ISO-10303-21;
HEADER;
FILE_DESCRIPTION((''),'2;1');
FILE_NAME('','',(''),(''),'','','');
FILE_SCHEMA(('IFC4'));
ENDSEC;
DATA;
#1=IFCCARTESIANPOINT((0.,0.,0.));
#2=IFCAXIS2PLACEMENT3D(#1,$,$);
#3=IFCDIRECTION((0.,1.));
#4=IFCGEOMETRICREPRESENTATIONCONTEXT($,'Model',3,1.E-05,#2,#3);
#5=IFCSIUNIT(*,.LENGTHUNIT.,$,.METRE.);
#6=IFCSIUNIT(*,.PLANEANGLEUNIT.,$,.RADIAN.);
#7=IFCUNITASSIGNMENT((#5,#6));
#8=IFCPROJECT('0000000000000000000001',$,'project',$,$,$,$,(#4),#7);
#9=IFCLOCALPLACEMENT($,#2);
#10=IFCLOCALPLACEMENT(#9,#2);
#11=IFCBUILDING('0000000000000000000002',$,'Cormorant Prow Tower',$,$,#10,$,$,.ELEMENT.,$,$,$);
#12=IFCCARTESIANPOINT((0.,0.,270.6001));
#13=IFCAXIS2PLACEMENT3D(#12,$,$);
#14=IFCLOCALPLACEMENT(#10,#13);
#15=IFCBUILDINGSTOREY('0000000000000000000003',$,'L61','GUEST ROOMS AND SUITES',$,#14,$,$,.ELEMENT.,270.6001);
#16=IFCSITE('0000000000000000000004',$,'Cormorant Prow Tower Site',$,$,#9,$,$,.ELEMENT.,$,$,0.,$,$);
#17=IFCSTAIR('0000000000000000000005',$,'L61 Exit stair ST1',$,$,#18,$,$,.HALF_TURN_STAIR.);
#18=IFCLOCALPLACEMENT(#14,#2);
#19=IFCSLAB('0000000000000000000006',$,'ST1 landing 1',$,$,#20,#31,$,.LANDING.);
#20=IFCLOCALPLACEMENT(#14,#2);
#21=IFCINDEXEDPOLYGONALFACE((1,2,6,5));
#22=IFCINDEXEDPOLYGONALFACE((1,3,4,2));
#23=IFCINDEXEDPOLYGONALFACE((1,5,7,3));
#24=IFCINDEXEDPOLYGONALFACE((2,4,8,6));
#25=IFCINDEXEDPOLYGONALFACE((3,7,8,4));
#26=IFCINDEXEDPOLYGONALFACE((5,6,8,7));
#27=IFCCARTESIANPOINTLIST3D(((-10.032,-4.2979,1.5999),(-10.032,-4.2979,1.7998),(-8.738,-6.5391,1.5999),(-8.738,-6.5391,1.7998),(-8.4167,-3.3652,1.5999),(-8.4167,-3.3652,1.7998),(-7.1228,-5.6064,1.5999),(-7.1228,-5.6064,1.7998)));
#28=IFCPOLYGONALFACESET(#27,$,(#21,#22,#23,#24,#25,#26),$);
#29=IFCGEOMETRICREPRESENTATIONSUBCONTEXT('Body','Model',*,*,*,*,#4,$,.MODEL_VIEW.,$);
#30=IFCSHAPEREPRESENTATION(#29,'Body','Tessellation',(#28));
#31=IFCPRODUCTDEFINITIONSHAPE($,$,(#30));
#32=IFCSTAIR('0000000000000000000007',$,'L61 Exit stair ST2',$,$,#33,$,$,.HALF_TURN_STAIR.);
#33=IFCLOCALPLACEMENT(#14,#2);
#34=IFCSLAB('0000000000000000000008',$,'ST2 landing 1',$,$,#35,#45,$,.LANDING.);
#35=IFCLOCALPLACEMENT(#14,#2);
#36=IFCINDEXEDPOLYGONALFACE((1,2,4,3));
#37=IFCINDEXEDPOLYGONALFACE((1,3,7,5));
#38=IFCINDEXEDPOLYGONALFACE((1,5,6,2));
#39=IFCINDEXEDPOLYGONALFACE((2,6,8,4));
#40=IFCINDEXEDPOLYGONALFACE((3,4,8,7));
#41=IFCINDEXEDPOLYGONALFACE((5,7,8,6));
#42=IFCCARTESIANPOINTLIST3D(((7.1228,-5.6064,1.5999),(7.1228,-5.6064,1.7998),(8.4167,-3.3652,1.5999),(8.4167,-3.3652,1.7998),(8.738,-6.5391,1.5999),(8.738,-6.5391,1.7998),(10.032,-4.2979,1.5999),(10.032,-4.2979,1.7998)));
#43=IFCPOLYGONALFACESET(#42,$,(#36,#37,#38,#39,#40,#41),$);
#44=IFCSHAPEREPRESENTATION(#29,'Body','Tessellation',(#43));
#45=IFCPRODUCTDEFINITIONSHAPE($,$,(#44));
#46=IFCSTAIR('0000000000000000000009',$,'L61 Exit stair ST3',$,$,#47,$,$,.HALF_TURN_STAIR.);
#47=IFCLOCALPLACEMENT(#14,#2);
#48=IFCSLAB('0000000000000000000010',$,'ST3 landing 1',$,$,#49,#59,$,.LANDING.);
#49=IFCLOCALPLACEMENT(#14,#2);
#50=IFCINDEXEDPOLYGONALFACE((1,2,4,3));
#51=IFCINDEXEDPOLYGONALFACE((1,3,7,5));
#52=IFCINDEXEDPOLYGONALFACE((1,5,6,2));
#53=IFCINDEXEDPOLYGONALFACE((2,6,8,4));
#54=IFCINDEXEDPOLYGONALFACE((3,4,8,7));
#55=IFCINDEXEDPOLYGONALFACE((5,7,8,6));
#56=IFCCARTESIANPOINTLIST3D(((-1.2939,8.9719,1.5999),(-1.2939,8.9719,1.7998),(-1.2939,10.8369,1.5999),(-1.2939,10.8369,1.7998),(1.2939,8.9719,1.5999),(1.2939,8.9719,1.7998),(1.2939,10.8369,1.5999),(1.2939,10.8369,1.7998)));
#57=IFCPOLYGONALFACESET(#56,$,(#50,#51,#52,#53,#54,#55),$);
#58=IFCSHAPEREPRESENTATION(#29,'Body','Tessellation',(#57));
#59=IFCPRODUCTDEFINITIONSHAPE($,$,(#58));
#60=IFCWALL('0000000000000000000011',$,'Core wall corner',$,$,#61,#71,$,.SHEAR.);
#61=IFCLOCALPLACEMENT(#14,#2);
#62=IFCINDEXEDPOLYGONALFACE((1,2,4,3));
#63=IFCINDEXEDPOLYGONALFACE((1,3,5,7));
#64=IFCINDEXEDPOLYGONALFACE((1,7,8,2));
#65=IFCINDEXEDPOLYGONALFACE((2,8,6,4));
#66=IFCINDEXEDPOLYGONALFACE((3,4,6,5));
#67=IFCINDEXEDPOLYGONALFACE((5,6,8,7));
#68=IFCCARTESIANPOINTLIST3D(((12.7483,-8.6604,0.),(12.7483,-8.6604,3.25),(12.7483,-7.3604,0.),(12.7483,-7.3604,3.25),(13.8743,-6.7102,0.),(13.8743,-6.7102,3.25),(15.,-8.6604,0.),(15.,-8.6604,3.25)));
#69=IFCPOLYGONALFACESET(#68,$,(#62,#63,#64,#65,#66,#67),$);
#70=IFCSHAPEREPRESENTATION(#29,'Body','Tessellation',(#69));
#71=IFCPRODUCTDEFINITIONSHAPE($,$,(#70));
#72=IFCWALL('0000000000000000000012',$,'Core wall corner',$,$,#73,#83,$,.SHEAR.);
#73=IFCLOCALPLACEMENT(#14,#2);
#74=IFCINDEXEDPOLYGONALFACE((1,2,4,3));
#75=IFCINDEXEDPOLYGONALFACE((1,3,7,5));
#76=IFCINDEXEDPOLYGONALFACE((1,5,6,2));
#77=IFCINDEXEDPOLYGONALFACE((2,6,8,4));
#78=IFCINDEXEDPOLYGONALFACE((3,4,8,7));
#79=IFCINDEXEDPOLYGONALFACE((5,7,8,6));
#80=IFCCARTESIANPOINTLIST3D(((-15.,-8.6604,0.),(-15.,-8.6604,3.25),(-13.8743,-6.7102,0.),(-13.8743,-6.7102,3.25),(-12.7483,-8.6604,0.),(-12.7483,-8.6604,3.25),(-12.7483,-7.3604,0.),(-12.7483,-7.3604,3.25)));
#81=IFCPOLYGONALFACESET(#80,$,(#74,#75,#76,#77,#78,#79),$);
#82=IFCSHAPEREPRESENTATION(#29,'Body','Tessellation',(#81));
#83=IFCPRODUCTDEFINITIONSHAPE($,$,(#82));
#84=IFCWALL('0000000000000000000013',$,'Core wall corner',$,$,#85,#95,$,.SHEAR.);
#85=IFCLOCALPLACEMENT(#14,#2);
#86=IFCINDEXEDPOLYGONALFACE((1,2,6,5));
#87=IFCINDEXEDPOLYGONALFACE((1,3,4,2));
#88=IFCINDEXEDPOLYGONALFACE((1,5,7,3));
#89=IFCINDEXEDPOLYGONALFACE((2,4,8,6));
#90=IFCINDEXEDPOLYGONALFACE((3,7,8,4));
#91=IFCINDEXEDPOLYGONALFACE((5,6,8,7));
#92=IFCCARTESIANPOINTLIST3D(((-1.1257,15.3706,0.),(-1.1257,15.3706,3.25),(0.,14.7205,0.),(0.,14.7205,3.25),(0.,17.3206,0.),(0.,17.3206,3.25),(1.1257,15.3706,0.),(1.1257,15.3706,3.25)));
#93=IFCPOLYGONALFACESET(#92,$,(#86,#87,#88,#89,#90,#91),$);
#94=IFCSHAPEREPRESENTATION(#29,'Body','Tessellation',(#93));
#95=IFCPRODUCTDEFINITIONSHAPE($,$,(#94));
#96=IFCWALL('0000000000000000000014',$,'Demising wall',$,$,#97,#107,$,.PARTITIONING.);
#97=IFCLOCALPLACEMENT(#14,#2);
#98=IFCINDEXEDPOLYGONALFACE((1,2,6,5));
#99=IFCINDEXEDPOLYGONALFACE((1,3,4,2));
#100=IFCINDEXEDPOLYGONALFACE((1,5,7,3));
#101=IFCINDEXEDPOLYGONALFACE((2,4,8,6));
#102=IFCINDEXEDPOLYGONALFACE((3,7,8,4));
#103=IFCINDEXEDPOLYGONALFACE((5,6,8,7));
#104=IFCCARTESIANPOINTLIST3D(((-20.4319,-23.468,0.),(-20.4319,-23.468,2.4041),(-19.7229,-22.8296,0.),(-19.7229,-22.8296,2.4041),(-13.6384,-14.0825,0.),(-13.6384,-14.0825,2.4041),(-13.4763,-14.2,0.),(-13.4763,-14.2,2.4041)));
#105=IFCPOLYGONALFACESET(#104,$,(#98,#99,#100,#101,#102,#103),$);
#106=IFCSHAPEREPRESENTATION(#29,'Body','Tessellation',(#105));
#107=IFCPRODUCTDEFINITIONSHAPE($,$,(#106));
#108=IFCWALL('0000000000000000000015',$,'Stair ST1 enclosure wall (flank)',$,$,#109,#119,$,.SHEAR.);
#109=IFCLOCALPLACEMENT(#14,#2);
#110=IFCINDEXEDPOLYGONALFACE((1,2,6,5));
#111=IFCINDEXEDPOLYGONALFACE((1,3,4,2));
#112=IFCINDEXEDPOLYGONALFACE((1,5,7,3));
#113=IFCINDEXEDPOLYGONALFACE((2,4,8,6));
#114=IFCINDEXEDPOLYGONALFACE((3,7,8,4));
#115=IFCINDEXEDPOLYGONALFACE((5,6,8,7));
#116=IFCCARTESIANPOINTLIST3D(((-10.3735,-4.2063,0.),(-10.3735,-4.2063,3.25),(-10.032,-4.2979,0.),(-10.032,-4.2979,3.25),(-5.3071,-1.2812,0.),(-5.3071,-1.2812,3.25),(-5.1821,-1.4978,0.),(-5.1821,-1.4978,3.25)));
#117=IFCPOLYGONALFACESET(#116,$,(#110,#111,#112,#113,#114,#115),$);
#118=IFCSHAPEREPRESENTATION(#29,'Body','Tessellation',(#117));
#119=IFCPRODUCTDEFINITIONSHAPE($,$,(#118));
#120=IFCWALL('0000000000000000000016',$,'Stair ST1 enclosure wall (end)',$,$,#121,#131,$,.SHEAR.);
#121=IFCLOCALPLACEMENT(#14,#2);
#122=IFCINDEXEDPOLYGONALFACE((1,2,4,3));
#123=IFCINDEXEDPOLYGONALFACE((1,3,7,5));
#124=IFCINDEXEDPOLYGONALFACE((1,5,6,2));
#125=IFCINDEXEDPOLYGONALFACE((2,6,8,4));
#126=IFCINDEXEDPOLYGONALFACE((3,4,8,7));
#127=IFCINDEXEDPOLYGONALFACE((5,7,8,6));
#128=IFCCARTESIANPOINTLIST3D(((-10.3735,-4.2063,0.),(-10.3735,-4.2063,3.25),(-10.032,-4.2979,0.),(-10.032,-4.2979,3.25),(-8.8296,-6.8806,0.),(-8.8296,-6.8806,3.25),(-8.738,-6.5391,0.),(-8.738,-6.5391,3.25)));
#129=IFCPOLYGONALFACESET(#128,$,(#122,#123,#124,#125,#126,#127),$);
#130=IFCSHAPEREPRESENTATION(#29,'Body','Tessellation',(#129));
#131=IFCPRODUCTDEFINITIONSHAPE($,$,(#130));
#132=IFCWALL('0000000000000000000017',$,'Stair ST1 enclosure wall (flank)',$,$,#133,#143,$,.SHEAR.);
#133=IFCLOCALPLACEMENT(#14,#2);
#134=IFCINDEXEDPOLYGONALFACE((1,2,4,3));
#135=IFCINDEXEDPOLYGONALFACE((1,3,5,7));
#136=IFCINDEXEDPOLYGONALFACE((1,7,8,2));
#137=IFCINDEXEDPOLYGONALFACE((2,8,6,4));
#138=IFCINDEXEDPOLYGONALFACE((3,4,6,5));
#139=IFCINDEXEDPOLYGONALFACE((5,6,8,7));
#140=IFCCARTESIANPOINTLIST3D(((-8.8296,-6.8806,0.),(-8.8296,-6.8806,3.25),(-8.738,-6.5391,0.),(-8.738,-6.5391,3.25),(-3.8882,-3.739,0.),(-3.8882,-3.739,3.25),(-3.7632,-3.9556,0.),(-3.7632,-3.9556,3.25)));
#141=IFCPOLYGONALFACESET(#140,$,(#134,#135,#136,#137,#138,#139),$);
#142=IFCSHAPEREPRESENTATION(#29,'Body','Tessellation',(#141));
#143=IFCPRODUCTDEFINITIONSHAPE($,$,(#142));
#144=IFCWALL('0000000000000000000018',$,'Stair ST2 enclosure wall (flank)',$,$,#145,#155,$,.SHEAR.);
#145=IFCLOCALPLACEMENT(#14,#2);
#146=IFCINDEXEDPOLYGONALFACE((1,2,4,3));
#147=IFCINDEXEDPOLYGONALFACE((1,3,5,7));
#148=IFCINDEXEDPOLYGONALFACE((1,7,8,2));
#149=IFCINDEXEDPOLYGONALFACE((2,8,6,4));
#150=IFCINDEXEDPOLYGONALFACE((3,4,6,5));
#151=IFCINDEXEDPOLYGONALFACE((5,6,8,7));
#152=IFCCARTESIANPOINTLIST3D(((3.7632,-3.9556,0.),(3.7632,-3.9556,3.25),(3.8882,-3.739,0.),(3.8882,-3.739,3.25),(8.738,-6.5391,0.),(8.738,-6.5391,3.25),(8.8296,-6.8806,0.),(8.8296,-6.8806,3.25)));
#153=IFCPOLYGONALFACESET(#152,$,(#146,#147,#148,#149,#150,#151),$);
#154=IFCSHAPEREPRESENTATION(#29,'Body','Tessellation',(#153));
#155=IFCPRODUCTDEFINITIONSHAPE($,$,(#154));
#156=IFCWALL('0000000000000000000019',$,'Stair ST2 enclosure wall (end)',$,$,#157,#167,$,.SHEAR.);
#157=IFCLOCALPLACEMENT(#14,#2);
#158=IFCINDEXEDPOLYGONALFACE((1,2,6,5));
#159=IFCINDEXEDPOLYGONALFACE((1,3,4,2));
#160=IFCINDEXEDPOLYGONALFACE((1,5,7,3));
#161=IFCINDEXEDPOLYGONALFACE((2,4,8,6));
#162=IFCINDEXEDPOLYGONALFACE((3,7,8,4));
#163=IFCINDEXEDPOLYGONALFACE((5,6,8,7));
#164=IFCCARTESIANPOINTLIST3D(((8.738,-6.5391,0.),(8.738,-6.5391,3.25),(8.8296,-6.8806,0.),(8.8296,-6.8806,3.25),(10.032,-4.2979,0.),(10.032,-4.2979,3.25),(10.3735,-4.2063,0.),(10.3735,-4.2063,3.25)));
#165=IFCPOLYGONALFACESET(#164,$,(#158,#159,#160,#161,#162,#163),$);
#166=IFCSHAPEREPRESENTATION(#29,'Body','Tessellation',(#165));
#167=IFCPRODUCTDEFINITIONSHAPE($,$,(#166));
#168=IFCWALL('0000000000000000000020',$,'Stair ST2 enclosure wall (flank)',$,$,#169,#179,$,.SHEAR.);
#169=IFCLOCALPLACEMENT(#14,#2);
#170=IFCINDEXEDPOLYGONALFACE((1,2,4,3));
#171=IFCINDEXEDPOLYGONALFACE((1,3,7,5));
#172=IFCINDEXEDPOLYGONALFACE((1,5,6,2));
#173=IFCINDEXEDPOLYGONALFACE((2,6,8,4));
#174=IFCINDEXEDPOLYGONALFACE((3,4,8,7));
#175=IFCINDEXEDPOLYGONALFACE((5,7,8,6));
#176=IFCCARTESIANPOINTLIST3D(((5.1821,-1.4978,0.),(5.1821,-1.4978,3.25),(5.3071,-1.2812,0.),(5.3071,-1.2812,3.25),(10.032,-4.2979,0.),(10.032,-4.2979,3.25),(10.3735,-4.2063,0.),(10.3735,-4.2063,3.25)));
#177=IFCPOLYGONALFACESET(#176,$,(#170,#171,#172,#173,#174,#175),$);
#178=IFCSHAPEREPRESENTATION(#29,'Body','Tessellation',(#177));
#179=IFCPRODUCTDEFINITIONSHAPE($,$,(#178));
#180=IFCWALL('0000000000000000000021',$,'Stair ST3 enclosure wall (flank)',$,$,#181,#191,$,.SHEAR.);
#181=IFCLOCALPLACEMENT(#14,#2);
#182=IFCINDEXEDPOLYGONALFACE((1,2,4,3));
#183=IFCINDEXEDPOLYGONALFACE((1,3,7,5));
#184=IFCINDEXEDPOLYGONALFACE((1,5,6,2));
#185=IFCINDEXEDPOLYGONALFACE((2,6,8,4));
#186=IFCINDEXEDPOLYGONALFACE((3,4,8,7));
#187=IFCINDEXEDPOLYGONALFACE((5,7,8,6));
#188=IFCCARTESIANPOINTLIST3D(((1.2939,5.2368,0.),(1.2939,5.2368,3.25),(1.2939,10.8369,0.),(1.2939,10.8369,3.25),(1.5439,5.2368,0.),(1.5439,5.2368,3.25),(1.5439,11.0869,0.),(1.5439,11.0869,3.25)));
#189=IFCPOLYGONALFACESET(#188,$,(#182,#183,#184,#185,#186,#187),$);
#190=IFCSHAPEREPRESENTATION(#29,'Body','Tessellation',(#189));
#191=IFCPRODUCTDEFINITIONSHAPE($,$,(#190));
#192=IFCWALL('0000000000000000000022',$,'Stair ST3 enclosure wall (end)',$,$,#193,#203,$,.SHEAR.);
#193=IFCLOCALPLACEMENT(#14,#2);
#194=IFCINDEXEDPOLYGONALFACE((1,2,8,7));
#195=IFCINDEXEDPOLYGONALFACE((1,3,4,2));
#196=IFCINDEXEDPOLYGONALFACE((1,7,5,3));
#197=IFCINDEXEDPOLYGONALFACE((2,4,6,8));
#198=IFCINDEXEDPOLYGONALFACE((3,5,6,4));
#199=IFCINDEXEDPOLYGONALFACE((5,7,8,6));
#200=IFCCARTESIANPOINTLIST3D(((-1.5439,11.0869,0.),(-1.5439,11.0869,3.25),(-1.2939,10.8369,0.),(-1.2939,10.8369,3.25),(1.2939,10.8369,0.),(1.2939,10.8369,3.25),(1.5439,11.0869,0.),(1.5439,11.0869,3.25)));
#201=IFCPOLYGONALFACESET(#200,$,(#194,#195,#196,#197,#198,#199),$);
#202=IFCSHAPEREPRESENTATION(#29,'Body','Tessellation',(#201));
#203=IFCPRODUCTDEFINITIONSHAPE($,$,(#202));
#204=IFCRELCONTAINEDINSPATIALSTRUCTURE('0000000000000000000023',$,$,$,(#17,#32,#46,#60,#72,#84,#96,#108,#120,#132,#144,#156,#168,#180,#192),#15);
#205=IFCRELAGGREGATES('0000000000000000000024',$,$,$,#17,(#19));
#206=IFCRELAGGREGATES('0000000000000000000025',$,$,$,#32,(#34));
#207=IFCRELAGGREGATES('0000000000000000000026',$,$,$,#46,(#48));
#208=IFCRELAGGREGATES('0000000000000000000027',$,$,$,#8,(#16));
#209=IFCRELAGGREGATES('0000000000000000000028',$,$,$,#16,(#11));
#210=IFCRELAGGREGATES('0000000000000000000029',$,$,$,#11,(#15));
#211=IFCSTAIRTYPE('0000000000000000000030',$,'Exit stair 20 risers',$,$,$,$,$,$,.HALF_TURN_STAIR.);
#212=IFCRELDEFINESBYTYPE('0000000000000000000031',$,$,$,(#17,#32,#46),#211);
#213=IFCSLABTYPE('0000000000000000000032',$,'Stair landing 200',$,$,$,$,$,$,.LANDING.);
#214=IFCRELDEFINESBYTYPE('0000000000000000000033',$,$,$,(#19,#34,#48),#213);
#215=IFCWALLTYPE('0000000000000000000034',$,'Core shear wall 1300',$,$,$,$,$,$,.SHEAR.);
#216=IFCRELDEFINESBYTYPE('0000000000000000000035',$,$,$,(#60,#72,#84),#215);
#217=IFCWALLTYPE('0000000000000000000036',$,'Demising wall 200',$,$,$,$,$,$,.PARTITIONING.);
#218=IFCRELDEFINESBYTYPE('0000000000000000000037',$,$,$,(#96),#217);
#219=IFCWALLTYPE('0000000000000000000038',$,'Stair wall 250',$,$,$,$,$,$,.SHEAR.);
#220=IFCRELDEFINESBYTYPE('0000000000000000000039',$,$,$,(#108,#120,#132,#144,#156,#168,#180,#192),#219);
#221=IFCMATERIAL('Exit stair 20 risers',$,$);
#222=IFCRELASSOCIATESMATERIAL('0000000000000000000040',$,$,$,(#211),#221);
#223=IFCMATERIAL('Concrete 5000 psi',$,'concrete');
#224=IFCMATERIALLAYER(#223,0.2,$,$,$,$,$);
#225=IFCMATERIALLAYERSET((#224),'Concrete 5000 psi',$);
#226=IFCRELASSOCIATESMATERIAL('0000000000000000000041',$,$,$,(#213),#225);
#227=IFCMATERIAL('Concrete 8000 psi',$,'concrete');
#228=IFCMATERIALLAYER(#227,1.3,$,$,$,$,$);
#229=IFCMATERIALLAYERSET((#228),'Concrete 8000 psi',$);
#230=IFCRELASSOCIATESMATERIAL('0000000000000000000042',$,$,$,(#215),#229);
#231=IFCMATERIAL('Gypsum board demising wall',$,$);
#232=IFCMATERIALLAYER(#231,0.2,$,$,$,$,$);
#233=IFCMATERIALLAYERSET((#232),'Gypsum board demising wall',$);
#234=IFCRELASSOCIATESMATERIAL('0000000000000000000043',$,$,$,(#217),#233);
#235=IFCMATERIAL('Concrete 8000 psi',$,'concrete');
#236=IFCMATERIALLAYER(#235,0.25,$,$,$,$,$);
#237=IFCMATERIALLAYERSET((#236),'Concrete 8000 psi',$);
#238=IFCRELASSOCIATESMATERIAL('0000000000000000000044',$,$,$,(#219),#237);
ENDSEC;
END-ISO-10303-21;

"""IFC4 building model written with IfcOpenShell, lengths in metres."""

from ifc_helpers import new_model, si_unit, direction, frame, origin, place, context, subcontext, project, spatial, polyline, outline, extrude, material, layer, layer_set, type_object, element, aggregate, save


model = new_model("IFC4")

# Units and contexts
model_context = context("Model", 3, precision=1e-05, world=origin(), true_north=direction((0.0, 1.0)))
body_context = subcontext(model_context, "Body", "Model", "MODEL_VIEW")
ifc_project = project(units=[si_unit("LENGTHUNIT", "METRE"), si_unit("PLANEANGLEUNIT", "RADIAN")], contexts=[model_context])

# Site, building, storey
site_placement = place(None, origin())
site = spatial("IfcSite", under=ifc_project, at=site_placement, Name="Cormorant Prow Tower Site", CompositionType="ELEMENT", RefElevation=0.0)
building_placement = place(site_placement, origin())
building = spatial("IfcBuilding", under=site, at=building_placement, Name="Cormorant Prow Tower", CompositionType="ELEMENT")
storey_placement = place(building_placement, frame((0.0, 0.0, 270.6001)))
storey = spatial("IfcBuildingStorey", under=building, at=storey_placement, Name="L61", Description="GUEST ROOMS AND SUITES", CompositionType="ELEMENT", Elevation=270.6001)

# Stairs, slabs
ifc_material_1 = material(Name="Exit stair 20 risers")
stair_type = type_object("IfcStairType", Name="Exit stair 20 risers", PredefinedType="HALF_TURN_STAIR", material=ifc_material_1)
stair_1_placement = place(storey_placement, origin())
stair_1 = element("IfcStair", 1, at=stair_1_placement, inside=storey, type_object=stair_type, Name="L61 Exit stair ST1", PredefinedType="HALF_TURN_STAIR")
ifc_material_2 = material(Name="Concrete 5000 psi", Category="concrete")
ifc_layer_1 = layer(ifc_material_2, 0.2)
ifc_layer_set_1 = layer_set([ifc_layer_1], Name="Concrete 5000 psi")
slab_type = type_object("IfcSlabType", Name="Stair landing 200", PredefinedType="LANDING", material=ifc_layer_set_1)
slab_1_placement = place(storey_placement, frame((0.0, 0.0, 1.5999)))
slab_1 = element("IfcSlab", 2, at=slab_1_placement, type_object=slab_type, Name="ST1 landing 1", PredefinedType="LANDING", context=body_context, shape_type="SweptSolid", body=[
    extrude(outline(polyline([(-8.4167, -3.3652), (-10.032, -4.2979), (-8.738, -6.5391), (-7.1228, -5.6064), (-8.4167, -3.3652)])), origin(), (0.0, 0.0, 1.0), 0.2),
])
aggregate(stair_1, [slab_1])
stair_2_placement = place(storey_placement, origin())
stair_2 = element("IfcStair", 3, at=stair_2_placement, inside=storey, type_object=stair_type, Name="L61 Exit stair ST2", PredefinedType="HALF_TURN_STAIR")
slab_2_placement = place(storey_placement, frame((0.0, 0.0, 1.5999)))
slab_2 = element("IfcSlab", 4, at=slab_2_placement, type_object=slab_type, Name="ST2 landing 1", PredefinedType="LANDING", context=body_context, shape_type="SweptSolid", body=[
    extrude(outline(polyline([(7.1228, -5.6064), (8.738, -6.5391), (10.032, -4.2979), (8.4167, -3.3652), (7.1228, -5.6064)])), origin(), (0.0, 0.0, 1.0), 0.2),
])
aggregate(stair_2, [slab_2])
stair_3_placement = place(storey_placement, origin())
stair_3 = element("IfcStair", 5, at=stair_3_placement, inside=storey, type_object=stair_type, Name="L61 Exit stair ST3", PredefinedType="HALF_TURN_STAIR")
slab_3_placement = place(storey_placement, frame((0.0, 0.0, 1.5999)))
slab_3 = element("IfcSlab", 6, at=slab_3_placement, type_object=slab_type, Name="ST3 landing 1", PredefinedType="LANDING", context=body_context, shape_type="SweptSolid", body=[
    extrude(outline(polyline([(1.2939, 8.9719), (1.2939, 10.8369), (-1.2939, 10.8369), (-1.2939, 8.9719), (1.2939, 8.9719)])), origin(), (0.0, 0.0, 1.0), 0.2),
])

# Walls
ifc_material_3 = material(Name="Concrete 8000 psi", Category="concrete")
ifc_layer_2 = layer(ifc_material_3, 1.3)
ifc_layer_set_2 = layer_set([ifc_layer_2], Name="Concrete 8000 psi")
wall_type_1 = type_object("IfcWallType", Name="Core shear wall 1300", PredefinedType="SHEAR", material=ifc_layer_set_2)
wall_1_placement = place(storey_placement, origin())
element("IfcWall", 7, at=wall_1_placement, inside=storey, type_object=wall_type_1, Name="Core wall corner", PredefinedType="SHEAR", context=body_context, shape_type="SweptSolid", body=[
    extrude(outline(polyline([(12.7483, -8.6604), (12.7483, -7.3604), (13.8743, -6.7102), (15.0, -8.6604), (12.7483, -8.6604)])), origin(), (0.0, 0.0, 1.0), 3.25),
])
wall_2_placement = place(storey_placement, origin())
element("IfcWall", 8, at=wall_2_placement, inside=storey, type_object=wall_type_1, Name="Core wall corner", PredefinedType="SHEAR", context=body_context, shape_type="SweptSolid", body=[
    extrude(outline(polyline([(-13.8743, -6.7102), (-12.7483, -7.3604), (-12.7483, -8.6604), (-15.0, -8.6604), (-13.8743, -6.7102)])), origin(), (0.0, 0.0, 1.0), 3.25),
])
wall_3_placement = place(storey_placement, origin())
element("IfcWall", 9, at=wall_3_placement, inside=storey, type_object=wall_type_1, Name="Core wall corner", PredefinedType="SHEAR", context=body_context, shape_type="SweptSolid", body=[
    extrude(outline(polyline([(-1.1257, 15.3706), (0.0, 17.3206), (1.1257, 15.3706), (0.0, 14.7205), (-1.1257, 15.3706)])), origin(), (0.0, 0.0, 1.0), 3.25),
])
ifc_material_4 = material(Name="Gypsum board demising wall")
ifc_layer_3 = layer(ifc_material_4, 0.2)
ifc_layer_set_3 = layer_set([ifc_layer_3], Name="Gypsum board demising wall")
wall_type_2 = type_object("IfcWallType", Name="Demising wall 200", PredefinedType="PARTITIONING", material=ifc_layer_set_3)
wall_4_placement = place(storey_placement, origin())
element("IfcWall", 10, at=wall_4_placement, inside=storey, type_object=wall_type_2, Name="Demising wall", PredefinedType="PARTITIONING", context=body_context, shape_type="SweptSolid", body=[
    extrude(outline(polyline([(-13.4763, -14.2), (-19.7229, -22.8296), (-20.4319, -23.468), (-13.6384, -14.0825), (-13.4763, -14.2)])), origin(), (0.0, 0.0, 1.0), 2.4041),
])
ifc_material_5 = material(Name="Concrete 8000 psi", Category="concrete")
ifc_layer_4 = layer(ifc_material_5, 0.25)
ifc_layer_set_4 = layer_set([ifc_layer_4], Name="Concrete 8000 psi")
wall_type_3 = type_object("IfcWallType", Name="Stair wall 250", PredefinedType="SHEAR", material=ifc_layer_set_4)
wall_5_placement = place(storey_placement, origin())
element("IfcWall", 11, at=wall_5_placement, inside=storey, type_object=wall_type_3, Name="Stair ST1 enclosure wall (flank)", PredefinedType="SHEAR", context=body_context, shape_type="SweptSolid", body=[
    extrude(outline(polyline([(-5.3071, -1.2812), (-10.3735, -4.2063), (-10.032, -4.2979), (-5.1821, -1.4978), (-5.3071, -1.2812)])), origin(), (0.0, 0.0, 1.0), 3.25),
])
wall_6_placement = place(storey_placement, origin())
element("IfcWall", 12, at=wall_6_placement, inside=storey, type_object=wall_type_3, Name="Stair ST1 enclosure wall (end)", PredefinedType="SHEAR", context=body_context, shape_type="SweptSolid", body=[
    extrude(outline(polyline([(-10.3735, -4.2063), (-8.8296, -6.8806), (-8.738, -6.5391), (-10.032, -4.2979), (-10.3735, -4.2063)])), origin(), (0.0, 0.0, 1.0), 3.25),
])
wall_7_placement = place(storey_placement, origin())
element("IfcWall", 13, at=wall_7_placement, inside=storey, type_object=wall_type_3, Name="Stair ST1 enclosure wall (flank)", PredefinedType="SHEAR", context=body_context, shape_type="SweptSolid", body=[
    extrude(outline(polyline([(-8.738, -6.5391), (-8.8296, -6.8806), (-3.7632, -3.9556), (-3.8882, -3.739), (-8.738, -6.5391)])), origin(), (0.0, 0.0, 1.0), 3.25),
])
wall_8_placement = place(storey_placement, origin())
element("IfcWall", 14, at=wall_8_placement, inside=storey, type_object=wall_type_3, Name="Stair ST2 enclosure wall (flank)", PredefinedType="SHEAR", context=body_context, shape_type="SweptSolid", body=[
    extrude(outline(polyline([(3.7632, -3.9556), (8.8296, -6.8806), (8.738, -6.5391), (3.8882, -3.739), (3.7632, -3.9556)])), origin(), (0.0, 0.0, 1.0), 3.25),
])
wall_9_placement = place(storey_placement, origin())
element("IfcWall", 15, at=wall_9_placement, inside=storey, type_object=wall_type_3, Name="Stair ST2 enclosure wall (end)", PredefinedType="SHEAR", context=body_context, shape_type="SweptSolid", body=[
    extrude(outline(polyline([(8.8296, -6.8806), (10.3735, -4.2063), (10.032, -4.2979), (8.738, -6.5391), (8.8296, -6.8806)])), origin(), (0.0, 0.0, 1.0), 3.25),
])
wall_10_placement = place(storey_placement, origin())
element("IfcWall", 16, at=wall_10_placement, inside=storey, type_object=wall_type_3, Name="Stair ST2 enclosure wall (flank)", PredefinedType="SHEAR", context=body_context, shape_type="SweptSolid", body=[
    extrude(outline(polyline([(10.032, -4.2979), (10.3735, -4.2063), (5.3071, -1.2812), (5.1821, -1.4978), (10.032, -4.2979)])), origin(), (0.0, 0.0, 1.0), 3.25),
])
wall_11_placement = place(storey_placement, origin())
element("IfcWall", 17, at=wall_11_placement, inside=storey, type_object=wall_type_3, Name="Stair ST3 enclosure wall (flank)", PredefinedType="SHEAR", context=body_context, shape_type="SweptSolid", body=[
    extrude(outline(polyline([(1.5439, 5.2368), (1.5439, 11.0869), (1.2939, 10.8369), (1.2939, 5.2368), (1.5439, 5.2368)])), origin(), (0.0, 0.0, 1.0), 3.25),
])
wall_12_placement = place(storey_placement, origin())
element("IfcWall", 18, at=wall_12_placement, inside=storey, type_object=wall_type_3, Name="Stair ST3 enclosure wall (end)", PredefinedType="SHEAR", context=body_context, shape_type="SweptSolid", body=[
    extrude(outline(polyline([(1.5439, 11.0869), (-1.5439, 11.0869), (-1.2939, 10.8369), (1.2939, 10.8369), (1.5439, 11.0869)])), origin(), (0.0, 0.0, 1.0), 3.25),
])

aggregate(stair_3, [slab_3])

save(model, "model.ifc")
